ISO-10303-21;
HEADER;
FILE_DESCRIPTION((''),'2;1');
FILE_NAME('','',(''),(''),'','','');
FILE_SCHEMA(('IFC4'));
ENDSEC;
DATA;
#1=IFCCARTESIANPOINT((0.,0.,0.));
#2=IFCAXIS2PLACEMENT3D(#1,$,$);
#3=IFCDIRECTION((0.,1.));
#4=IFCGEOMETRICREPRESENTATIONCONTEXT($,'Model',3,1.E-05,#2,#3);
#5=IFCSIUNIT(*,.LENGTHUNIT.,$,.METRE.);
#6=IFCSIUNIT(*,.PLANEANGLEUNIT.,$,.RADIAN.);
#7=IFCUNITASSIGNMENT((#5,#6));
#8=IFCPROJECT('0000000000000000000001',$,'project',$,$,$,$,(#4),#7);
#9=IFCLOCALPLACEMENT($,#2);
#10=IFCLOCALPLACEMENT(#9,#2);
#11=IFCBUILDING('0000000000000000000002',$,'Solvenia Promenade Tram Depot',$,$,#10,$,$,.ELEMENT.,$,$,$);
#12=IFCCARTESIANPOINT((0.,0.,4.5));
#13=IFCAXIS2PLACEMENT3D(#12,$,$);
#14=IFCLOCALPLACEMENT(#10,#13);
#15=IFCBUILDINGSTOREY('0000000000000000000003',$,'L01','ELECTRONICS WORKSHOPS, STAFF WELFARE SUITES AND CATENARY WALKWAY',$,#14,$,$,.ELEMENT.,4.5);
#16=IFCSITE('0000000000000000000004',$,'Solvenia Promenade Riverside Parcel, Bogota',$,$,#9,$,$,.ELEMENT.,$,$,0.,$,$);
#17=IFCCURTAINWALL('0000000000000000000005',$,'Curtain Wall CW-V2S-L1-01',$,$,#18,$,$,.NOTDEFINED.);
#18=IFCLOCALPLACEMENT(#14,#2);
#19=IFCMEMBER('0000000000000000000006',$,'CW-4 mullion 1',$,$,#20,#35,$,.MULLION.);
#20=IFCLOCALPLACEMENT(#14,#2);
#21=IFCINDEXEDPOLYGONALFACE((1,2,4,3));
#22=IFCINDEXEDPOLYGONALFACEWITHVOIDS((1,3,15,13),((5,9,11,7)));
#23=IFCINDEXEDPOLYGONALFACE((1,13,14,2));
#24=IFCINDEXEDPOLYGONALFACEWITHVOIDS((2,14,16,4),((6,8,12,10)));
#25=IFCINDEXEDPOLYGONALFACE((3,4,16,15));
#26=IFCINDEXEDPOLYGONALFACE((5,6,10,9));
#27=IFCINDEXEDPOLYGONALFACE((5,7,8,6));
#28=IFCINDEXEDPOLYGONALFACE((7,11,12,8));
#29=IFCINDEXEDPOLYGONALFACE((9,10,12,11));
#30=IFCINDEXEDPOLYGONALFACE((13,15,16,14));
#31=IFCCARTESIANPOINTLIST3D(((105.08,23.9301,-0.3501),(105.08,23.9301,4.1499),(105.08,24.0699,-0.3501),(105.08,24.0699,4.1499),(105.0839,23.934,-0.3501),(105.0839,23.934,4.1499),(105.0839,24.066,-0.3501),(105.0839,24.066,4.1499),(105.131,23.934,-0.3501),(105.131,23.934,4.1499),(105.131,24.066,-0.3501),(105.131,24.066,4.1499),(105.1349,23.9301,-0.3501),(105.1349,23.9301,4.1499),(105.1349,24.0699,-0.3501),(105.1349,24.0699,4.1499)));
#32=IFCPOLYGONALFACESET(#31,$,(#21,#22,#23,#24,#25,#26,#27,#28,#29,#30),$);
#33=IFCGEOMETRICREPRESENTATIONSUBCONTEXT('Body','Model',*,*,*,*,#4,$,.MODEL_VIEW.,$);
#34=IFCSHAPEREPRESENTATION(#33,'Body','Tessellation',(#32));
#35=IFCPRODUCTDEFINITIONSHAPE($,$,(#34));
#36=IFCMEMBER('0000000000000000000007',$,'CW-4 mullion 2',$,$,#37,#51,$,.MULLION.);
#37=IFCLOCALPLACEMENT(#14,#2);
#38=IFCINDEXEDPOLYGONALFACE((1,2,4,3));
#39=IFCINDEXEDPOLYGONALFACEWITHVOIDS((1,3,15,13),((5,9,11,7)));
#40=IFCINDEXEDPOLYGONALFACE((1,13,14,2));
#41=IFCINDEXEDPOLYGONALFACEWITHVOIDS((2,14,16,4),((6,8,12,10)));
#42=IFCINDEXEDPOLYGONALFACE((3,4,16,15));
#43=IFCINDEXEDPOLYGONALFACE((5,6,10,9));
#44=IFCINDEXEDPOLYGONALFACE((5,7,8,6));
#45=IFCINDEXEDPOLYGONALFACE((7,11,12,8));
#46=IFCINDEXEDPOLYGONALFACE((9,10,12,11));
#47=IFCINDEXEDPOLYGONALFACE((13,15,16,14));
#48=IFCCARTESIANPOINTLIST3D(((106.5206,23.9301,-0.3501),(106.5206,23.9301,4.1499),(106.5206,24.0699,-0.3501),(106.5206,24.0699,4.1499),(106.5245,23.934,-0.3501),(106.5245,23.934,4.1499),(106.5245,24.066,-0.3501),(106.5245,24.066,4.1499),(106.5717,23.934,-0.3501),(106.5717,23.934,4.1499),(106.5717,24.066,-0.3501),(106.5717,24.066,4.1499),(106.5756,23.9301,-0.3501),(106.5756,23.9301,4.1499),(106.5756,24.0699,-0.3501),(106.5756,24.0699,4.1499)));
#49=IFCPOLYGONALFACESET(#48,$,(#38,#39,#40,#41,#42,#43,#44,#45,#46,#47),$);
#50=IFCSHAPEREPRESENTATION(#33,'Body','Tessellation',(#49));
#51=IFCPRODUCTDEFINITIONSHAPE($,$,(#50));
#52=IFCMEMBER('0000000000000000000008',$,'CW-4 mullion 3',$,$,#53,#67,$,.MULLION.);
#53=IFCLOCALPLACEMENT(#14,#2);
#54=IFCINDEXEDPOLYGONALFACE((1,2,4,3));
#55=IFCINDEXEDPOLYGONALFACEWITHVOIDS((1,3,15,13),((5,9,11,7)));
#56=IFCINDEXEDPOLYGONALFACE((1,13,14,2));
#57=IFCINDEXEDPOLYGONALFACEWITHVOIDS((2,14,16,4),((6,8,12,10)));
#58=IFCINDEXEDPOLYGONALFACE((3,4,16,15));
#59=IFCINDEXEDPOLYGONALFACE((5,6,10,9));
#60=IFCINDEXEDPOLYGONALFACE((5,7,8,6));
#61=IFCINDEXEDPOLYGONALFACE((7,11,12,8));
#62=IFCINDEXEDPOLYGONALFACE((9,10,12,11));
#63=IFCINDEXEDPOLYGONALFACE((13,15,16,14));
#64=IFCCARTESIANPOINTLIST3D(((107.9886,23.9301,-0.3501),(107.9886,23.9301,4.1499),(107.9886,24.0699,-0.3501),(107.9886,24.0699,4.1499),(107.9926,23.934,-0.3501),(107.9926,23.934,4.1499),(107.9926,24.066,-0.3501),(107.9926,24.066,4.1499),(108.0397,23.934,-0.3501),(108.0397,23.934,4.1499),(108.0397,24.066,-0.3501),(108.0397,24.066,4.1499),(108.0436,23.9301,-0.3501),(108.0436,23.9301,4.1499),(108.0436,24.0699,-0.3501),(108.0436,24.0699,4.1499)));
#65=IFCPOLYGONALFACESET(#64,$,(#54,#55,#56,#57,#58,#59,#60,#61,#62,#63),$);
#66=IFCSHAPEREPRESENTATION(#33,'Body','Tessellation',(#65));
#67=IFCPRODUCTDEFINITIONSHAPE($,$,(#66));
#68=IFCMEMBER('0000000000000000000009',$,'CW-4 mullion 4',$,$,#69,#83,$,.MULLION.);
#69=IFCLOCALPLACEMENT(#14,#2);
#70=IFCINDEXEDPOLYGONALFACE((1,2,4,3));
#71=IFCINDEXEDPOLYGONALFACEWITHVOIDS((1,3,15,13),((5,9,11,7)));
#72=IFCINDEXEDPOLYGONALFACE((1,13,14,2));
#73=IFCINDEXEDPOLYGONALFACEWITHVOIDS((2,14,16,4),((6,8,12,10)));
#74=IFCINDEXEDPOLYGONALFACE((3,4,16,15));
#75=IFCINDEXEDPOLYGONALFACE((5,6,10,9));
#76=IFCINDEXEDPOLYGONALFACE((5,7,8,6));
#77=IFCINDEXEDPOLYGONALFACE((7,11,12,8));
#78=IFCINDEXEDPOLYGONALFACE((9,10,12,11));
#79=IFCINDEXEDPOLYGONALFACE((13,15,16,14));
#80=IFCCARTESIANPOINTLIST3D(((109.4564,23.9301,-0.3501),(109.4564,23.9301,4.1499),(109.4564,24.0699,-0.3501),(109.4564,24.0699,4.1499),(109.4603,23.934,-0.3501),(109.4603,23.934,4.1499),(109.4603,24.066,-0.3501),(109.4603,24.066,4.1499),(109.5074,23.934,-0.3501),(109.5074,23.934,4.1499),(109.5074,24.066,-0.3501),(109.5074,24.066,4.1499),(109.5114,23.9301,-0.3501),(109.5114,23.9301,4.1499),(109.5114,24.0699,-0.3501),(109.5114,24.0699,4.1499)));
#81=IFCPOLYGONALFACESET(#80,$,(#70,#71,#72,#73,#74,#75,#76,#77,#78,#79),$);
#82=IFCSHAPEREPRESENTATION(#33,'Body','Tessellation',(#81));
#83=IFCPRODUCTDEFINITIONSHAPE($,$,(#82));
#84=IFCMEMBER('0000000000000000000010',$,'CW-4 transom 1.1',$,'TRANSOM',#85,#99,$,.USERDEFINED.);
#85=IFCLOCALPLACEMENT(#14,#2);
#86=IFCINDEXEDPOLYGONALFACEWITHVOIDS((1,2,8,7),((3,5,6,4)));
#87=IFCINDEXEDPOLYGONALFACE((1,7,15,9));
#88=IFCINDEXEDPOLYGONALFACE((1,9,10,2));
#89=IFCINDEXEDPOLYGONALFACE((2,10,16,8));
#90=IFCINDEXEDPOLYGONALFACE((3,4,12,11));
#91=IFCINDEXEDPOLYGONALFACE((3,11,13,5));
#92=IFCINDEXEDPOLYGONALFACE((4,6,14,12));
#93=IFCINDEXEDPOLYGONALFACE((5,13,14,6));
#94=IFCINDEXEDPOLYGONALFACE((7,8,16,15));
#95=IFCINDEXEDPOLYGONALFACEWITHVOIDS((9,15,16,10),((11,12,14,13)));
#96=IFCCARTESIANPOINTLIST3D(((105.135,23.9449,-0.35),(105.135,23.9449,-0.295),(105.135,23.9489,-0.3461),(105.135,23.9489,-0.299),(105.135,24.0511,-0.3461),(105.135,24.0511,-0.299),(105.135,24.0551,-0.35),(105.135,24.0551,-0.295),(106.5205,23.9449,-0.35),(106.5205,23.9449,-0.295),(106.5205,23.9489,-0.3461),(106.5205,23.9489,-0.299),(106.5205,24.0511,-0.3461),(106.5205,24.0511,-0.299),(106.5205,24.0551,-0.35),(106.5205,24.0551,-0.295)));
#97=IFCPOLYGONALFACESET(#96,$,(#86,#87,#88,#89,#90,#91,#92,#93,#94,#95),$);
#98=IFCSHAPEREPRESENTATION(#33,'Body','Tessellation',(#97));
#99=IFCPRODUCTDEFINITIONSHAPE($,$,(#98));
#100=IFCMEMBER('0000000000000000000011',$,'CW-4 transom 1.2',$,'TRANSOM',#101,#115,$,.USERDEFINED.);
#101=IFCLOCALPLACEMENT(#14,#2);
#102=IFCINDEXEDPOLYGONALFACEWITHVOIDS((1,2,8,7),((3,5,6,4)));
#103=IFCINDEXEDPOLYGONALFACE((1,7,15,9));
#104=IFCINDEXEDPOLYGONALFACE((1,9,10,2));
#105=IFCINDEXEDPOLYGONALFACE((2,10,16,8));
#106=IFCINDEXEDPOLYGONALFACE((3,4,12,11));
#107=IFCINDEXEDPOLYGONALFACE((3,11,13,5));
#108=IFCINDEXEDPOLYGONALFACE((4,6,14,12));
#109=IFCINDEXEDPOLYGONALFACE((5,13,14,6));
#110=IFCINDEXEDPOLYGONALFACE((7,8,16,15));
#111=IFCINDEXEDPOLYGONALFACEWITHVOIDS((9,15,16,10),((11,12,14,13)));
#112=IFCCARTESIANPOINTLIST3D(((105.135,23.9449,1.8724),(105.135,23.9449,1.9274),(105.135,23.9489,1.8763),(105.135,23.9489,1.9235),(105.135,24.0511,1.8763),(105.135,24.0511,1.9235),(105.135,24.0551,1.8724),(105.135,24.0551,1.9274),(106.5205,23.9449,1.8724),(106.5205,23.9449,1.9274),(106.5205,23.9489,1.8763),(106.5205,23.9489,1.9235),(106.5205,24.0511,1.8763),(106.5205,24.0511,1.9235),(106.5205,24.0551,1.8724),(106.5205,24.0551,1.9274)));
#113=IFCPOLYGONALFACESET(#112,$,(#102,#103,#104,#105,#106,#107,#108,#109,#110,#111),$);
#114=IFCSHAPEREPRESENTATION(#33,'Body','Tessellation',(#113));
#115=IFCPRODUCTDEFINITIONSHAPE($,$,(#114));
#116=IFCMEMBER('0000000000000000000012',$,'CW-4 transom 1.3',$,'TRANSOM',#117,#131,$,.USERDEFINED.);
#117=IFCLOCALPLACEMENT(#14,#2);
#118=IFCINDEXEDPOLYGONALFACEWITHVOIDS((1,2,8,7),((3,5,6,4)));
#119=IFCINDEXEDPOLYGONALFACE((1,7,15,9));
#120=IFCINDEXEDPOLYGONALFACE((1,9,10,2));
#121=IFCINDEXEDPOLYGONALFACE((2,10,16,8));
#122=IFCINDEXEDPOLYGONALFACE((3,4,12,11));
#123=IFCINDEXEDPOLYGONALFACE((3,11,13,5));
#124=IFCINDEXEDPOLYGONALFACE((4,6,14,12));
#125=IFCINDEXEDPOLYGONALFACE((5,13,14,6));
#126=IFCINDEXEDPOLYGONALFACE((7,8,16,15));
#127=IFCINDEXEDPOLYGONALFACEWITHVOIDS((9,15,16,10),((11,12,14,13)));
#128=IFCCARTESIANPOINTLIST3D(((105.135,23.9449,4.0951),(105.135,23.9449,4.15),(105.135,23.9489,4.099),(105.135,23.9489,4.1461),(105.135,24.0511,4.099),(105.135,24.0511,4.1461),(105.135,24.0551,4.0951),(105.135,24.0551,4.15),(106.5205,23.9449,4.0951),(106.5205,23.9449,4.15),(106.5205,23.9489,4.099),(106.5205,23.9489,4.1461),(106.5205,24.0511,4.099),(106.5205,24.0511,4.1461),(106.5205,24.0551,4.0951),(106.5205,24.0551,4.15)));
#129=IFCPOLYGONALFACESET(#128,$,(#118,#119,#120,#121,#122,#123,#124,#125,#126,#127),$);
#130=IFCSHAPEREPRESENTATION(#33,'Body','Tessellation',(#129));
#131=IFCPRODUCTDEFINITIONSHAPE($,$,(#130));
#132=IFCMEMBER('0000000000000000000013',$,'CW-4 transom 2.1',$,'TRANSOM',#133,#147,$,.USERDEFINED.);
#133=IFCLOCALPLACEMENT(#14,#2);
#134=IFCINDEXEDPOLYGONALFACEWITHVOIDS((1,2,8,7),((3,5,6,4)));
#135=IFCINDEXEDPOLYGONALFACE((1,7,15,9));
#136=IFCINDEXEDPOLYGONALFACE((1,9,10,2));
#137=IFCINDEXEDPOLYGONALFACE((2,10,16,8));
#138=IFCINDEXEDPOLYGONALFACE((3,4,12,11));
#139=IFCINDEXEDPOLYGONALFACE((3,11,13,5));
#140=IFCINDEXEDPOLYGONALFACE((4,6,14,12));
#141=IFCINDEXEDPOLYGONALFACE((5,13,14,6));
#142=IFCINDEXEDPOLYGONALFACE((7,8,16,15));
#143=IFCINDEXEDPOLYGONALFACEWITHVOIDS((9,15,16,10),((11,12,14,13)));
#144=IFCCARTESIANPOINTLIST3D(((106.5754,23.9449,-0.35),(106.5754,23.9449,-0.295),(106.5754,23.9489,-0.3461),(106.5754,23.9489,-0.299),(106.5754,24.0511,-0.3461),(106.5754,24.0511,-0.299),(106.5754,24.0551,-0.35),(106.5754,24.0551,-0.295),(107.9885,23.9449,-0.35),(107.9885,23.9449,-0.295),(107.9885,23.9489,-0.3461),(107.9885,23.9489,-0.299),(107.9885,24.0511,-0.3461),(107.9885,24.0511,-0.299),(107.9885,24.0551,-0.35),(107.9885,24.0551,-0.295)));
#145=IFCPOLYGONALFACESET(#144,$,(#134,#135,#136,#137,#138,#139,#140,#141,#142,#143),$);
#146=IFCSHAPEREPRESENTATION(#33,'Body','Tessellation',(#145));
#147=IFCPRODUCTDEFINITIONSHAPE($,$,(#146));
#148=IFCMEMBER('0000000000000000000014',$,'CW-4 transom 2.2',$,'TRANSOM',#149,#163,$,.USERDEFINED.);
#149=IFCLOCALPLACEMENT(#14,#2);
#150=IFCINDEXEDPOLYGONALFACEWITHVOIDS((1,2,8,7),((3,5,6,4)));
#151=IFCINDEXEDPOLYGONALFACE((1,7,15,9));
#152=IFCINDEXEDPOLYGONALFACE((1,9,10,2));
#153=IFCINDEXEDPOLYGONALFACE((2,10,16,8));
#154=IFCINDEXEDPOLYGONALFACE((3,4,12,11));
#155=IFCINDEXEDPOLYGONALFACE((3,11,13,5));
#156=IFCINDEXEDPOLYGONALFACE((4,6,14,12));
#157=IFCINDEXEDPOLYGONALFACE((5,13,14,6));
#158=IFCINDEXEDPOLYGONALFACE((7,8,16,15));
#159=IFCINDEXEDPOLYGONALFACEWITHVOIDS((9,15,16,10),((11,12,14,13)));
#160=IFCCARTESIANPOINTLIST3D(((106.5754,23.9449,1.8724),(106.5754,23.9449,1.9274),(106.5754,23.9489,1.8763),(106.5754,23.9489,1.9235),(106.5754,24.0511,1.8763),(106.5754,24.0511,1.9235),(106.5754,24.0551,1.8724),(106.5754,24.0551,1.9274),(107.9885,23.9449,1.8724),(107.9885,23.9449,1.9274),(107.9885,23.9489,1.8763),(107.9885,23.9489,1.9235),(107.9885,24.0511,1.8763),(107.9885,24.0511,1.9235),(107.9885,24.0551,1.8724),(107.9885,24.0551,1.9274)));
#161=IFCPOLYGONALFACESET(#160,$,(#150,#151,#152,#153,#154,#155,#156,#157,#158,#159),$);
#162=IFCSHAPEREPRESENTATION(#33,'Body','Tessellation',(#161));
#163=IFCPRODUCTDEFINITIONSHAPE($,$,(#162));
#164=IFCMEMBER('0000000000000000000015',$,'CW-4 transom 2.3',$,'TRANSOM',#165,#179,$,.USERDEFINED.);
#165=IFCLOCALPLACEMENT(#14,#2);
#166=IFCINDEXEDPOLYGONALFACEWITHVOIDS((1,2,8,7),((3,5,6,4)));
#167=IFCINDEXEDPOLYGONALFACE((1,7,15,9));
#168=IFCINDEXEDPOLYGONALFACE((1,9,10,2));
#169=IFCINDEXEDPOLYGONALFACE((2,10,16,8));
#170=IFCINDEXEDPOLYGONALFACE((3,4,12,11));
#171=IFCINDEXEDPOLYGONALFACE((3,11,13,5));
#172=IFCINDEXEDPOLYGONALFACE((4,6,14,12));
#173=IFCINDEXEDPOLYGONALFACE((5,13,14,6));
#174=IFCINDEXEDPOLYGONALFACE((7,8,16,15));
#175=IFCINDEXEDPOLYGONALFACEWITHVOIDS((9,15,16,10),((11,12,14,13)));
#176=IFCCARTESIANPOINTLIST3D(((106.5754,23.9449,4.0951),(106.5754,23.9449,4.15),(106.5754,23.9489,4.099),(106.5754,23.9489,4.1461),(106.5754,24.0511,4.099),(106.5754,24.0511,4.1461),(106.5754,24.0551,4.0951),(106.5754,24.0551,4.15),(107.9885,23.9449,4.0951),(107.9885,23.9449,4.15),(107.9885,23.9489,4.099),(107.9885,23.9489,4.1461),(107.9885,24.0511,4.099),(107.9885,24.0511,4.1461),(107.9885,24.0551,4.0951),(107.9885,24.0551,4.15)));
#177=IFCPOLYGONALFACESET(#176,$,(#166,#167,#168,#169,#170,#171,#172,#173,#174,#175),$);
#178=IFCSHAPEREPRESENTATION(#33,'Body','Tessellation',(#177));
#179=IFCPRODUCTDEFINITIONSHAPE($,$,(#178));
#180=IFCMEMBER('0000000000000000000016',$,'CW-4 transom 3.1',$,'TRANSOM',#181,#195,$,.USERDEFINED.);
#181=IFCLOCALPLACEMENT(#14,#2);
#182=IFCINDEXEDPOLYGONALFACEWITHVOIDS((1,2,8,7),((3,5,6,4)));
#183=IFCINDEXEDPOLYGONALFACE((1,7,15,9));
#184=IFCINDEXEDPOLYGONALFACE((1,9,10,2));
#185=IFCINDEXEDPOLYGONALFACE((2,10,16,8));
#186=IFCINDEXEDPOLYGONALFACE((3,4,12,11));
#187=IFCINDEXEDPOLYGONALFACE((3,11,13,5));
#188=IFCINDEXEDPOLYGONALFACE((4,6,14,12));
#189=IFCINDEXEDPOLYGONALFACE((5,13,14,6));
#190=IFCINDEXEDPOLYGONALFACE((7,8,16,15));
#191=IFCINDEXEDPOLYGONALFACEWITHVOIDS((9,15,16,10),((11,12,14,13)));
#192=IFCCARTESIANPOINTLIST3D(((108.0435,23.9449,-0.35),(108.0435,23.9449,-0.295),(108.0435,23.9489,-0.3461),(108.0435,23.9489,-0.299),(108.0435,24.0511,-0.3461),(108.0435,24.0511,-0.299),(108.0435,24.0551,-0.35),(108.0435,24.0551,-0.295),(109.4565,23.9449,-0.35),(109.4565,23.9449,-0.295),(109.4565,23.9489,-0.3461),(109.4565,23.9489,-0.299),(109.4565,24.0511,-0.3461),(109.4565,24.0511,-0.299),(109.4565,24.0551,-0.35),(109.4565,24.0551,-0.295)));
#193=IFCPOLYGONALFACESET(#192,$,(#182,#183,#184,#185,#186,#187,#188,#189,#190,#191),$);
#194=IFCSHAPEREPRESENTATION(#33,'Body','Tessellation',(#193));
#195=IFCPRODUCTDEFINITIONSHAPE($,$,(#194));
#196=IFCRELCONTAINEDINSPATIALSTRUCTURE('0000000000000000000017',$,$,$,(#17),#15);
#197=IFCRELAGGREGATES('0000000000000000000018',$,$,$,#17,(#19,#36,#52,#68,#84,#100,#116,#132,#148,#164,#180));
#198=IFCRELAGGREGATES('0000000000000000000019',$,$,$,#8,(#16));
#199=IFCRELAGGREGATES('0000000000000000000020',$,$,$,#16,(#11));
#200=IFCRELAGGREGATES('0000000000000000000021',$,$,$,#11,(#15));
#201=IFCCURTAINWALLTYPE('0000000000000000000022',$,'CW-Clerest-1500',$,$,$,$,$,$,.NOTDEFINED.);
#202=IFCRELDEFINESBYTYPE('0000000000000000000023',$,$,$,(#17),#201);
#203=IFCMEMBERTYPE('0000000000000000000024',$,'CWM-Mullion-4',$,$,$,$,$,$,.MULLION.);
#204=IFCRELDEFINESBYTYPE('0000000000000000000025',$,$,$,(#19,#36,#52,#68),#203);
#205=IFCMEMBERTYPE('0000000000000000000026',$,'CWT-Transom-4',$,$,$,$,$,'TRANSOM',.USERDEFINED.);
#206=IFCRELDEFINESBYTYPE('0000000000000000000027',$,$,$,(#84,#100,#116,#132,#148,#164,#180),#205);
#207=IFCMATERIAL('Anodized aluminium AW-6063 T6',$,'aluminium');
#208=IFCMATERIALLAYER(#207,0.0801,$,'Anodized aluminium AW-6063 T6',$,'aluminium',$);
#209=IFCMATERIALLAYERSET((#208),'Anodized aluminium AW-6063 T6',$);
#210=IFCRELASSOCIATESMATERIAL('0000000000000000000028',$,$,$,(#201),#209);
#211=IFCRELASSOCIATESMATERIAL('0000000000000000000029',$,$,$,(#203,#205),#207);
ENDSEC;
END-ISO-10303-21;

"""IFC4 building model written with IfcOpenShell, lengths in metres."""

from ifc_helpers import new_model, si_unit, direction, frame, origin, origin_2d, place, context, subcontext, project, spatial, hollow_rectangle, extrude, material, layer, layer_set, material_profile, profile_set, type_object, element, aggregate, save


model = new_model("IFC4")

# Units and contexts
model_context = context("Model", 3, precision=1e-05, world=origin(), true_north=direction((0.0, 1.0)))
body_context = subcontext(model_context, "Body", "Model", "MODEL_VIEW")
ifc_project = project(units=[si_unit("LENGTHUNIT", "METRE"), si_unit("PLANEANGLEUNIT", "RADIAN")], contexts=[model_context])

# Site, building, storey
site_placement = place(None, origin())
site = spatial("IfcSite", under=ifc_project, at=site_placement, Name="Solvenia Promenade Riverside Parcel, Bogota", CompositionType="ELEMENT", RefElevation=0.0)
building_placement = place(site_placement, origin())
building = spatial("IfcBuilding", under=site, at=building_placement, Name="Solvenia Promenade Tram Depot", CompositionType="ELEMENT")
storey_placement = place(building_placement, frame((0.0, 0.0, 4.5)))
storey = spatial("IfcBuildingStorey", under=building, at=storey_placement, Name="L01", Description="ELECTRONICS WORKSHOPS, STAFF WELFARE SUITES AND CATENARY WALKWAY", CompositionType="ELEMENT", Elevation=4.5)

# Curtain wall, members
ifc_material_1 = material(Name="Anodized aluminium AW-6063 T6", Category="aluminium")
ifc_layer_1 = layer(ifc_material_1, 0.0801, Name="Anodized aluminium AW-6063 T6", Category="aluminium")
ifc_layer_set_1 = layer_set([ifc_layer_1], Name="Anodized aluminium AW-6063 T6")
curtain_wall_type = type_object("IfcCurtainWallType", Name="CW-Clerest-1500", PredefinedType="NOTDEFINED", material=ifc_layer_set_1)
curtain_wall_placement = place(storey_placement, origin())
curtain_wall = element("IfcCurtainWall", 1, at=curtain_wall_placement, inside=storey, type_object=curtain_wall_type, Name="Curtain Wall CW-V2S-L1-01", PredefinedType="NOTDEFINED")
ifc_material_profile_1 = material_profile(ifc_material_1, hollow_rectangle(XDim=0.1399, YDim=0.0549, WallThickness=0.0039, at=origin_2d()), Name="ALU-M4", Category="aluminium")
ifc_profile_set_1 = profile_set([ifc_material_profile_1], Name="Anodized aluminium AW-6063 T6")
member_type_1 = type_object("IfcMemberType", Name="CWM-Mullion-4", PredefinedType="MULLION", material=ifc_profile_set_1)
member_1_placement = place(storey_placement, frame((105.1074, 24.0, -0.3501), z_axis=(0.0, 0.0, 1.0), x_axis=(0.0, 1.0, 0.0)))
member_1 = element("IfcMember", 2, at=member_1_placement, type_object=member_type_1, Name="CW-4 mullion 1", PredefinedType="MULLION", context=body_context, shape_type="SweptSolid", body=[
    extrude(hollow_rectangle(XDim=0.1399, YDim=0.0549, WallThickness=0.0039, at=origin_2d()), origin(), (0.0, 0.0, 1.0), 4.5),
])
member_2_placement = place(storey_placement, frame((106.5481, 24.0, -0.3501), z_axis=(0.0, 0.0, 1.0), x_axis=(0.0, 1.0, 0.0)))
member_2 = element("IfcMember", 3, at=member_2_placement, type_object=member_type_1, Name="CW-4 mullion 2", PredefinedType="MULLION", context=body_context, shape_type="SweptSolid", body=[
    extrude(hollow_rectangle(XDim=0.1399, YDim=0.0549, WallThickness=0.0039, at=origin_2d()), origin(), (0.0, 0.0, 1.0), 4.5),
])
member_3_placement = place(storey_placement, frame((108.0161, 24.0, -0.3501), z_axis=(0.0, 0.0, 1.0), x_axis=(0.0, 1.0, 0.0)))
member_3 = element("IfcMember", 4, at=member_3_placement, type_object=member_type_1, Name="CW-4 mullion 3", PredefinedType="MULLION", context=body_context, shape_type="SweptSolid", body=[
    extrude(hollow_rectangle(XDim=0.1399, YDim=0.0549, WallThickness=0.0039, at=origin_2d()), origin(), (0.0, 0.0, 1.0), 4.5),
])
member_4_placement = place(storey_placement, frame((109.4839, 24.0, -0.3501), z_axis=(0.0, 0.0, 1.0), x_axis=(0.0, 1.0, 0.0)))
member_4 = element("IfcMember", 5, at=member_4_placement, type_object=member_type_1, Name="CW-4 mullion 4", PredefinedType="MULLION", context=body_context, shape_type="SweptSolid", body=[
    extrude(hollow_rectangle(XDim=0.1399, YDim=0.0549, WallThickness=0.0039, at=origin_2d()), origin(), (0.0, 0.0, 1.0), 4.5),
])
ifc_material_profile_2 = material_profile(ifc_material_1, hollow_rectangle(XDim=0.1101, YDim=0.0549, WallThickness=0.0039, at=origin_2d()), Name="ALU-T4", Category="aluminium")
ifc_profile_set_2 = profile_set([ifc_material_profile_2], Name="Anodized aluminium AW-6063 T6")
member_type_2 = type_object("IfcMemberType", Name="CWT-Transom-4", ElementType="TRANSOM", PredefinedType="USERDEFINED", material=ifc_profile_set_2)
member_5_placement = place(storey_placement, frame((105.135, 24.0, -0.3225), z_axis=(1.0, 0.0, 0.0), x_axis=(0.0, 1.0, 0.0)))
member_5 = element("IfcMember", 6, at=member_5_placement, type_object=member_type_2, Name="CW-4 transom 1.1", ObjectType="TRANSOM", PredefinedType="USERDEFINED", context=body_context, shape_type="SweptSolid", body=[
    extrude(hollow_rectangle(XDim=0.1101, YDim=0.0549, WallThickness=0.0039, at=origin_2d()), origin(), (0.0, 0.0, 1.0), 1.3855),
])
member_6_placement = place(storey_placement, frame((105.135, 24.0, 1.8999), z_axis=(1.0, 0.0, 0.0), x_axis=(0.0, 1.0, 0.0)))
member_6 = element("IfcMember", 7, at=member_6_placement, type_object=member_type_2, Name="CW-4 transom 1.2", ObjectType="TRANSOM", PredefinedType="USERDEFINED", context=body_context, shape_type="SweptSolid", body=[
    extrude(hollow_rectangle(XDim=0.1101, YDim=0.0549, WallThickness=0.0039, at=origin_2d()), origin(), (0.0, 0.0, 1.0), 1.3855),
])
member_7_placement = place(storey_placement, frame((105.135, 24.0, 4.1226), z_axis=(1.0, 0.0, 0.0), x_axis=(0.0, 1.0, 0.0)))
member_7 = element("IfcMember", 8, at=member_7_placement, type_object=member_type_2, Name="CW-4 transom 1.3", ObjectType="TRANSOM", PredefinedType="USERDEFINED", context=body_context, shape_type="SweptSolid", body=[
    extrude(hollow_rectangle(XDim=0.1101, YDim=0.0549, WallThickness=0.0039, at=origin_2d()), origin(), (0.0, 0.0, 1.0), 1.3855),
])
member_8_placement = place(storey_placement, frame((106.5754, 24.0, -0.3225), z_axis=(1.0, 0.0, 0.0), x_axis=(0.0, 1.0, 0.0)))
member_8 = element("IfcMember", 9, at=member_8_placement, type_object=member_type_2, Name="CW-4 transom 2.1", ObjectType="TRANSOM", PredefinedType="USERDEFINED", context=body_context, shape_type="SweptSolid", body=[
    extrude(hollow_rectangle(XDim=0.1101, YDim=0.0549, WallThickness=0.0039, at=origin_2d()), origin(), (0.0, 0.0, 1.0), 1.4131),
])
member_9_placement = place(storey_placement, frame((106.5754, 24.0, 1.8999), z_axis=(1.0, 0.0, 0.0), x_axis=(0.0, 1.0, 0.0)))
member_9 = element("IfcMember", 10, at=member_9_placement, type_object=member_type_2, Name="CW-4 transom 2.2", ObjectType="TRANSOM", PredefinedType="USERDEFINED", context=body_context, shape_type="SweptSolid", body=[
    extrude(hollow_rectangle(XDim=0.1101, YDim=0.0549, WallThickness=0.0039, at=origin_2d()), origin(), (0.0, 0.0, 1.0), 1.4131),
])
member_10_placement = place(storey_placement, frame((106.5754, 24.0, 4.1226), z_axis=(1.0, 0.0, 0.0), x_axis=(0.0, 1.0, 0.0)))
member_10 = element("IfcMember", 11, at=member_10_placement, type_object=member_type_2, Name="CW-4 transom 2.3", ObjectType="TRANSOM", PredefinedType="USERDEFINED", context=body_context, shape_type="SweptSolid", body=[
    extrude(hollow_rectangle(XDim=0.1101, YDim=0.0549, WallThickness=0.0039, at=origin_2d()), origin(), (0.0, 0.0, 1.0), 1.4131),
])
member_11_placement = place(storey_placement, frame((108.0435, 24.0, -0.3225), z_axis=(1.0, 0.0, 0.0), x_axis=(0.0, 1.0, 0.0)))
member_11 = element("IfcMember", 12, at=member_11_placement, type_object=member_type_2, Name="CW-4 transom 3.1", ObjectType="TRANSOM", PredefinedType="USERDEFINED", context=body_context, shape_type="SweptSolid", body=[
    extrude(hollow_rectangle(XDim=0.1101, YDim=0.0549, WallThickness=0.0039, at=origin_2d()), origin(), (0.0, 0.0, 1.0), 1.4131),
])

aggregate(curtain_wall, [member_1, member_2, member_3, member_4, member_5, member_6, member_7, member_8, member_9, member_10, member_11])

save(model, "model.ifc")
